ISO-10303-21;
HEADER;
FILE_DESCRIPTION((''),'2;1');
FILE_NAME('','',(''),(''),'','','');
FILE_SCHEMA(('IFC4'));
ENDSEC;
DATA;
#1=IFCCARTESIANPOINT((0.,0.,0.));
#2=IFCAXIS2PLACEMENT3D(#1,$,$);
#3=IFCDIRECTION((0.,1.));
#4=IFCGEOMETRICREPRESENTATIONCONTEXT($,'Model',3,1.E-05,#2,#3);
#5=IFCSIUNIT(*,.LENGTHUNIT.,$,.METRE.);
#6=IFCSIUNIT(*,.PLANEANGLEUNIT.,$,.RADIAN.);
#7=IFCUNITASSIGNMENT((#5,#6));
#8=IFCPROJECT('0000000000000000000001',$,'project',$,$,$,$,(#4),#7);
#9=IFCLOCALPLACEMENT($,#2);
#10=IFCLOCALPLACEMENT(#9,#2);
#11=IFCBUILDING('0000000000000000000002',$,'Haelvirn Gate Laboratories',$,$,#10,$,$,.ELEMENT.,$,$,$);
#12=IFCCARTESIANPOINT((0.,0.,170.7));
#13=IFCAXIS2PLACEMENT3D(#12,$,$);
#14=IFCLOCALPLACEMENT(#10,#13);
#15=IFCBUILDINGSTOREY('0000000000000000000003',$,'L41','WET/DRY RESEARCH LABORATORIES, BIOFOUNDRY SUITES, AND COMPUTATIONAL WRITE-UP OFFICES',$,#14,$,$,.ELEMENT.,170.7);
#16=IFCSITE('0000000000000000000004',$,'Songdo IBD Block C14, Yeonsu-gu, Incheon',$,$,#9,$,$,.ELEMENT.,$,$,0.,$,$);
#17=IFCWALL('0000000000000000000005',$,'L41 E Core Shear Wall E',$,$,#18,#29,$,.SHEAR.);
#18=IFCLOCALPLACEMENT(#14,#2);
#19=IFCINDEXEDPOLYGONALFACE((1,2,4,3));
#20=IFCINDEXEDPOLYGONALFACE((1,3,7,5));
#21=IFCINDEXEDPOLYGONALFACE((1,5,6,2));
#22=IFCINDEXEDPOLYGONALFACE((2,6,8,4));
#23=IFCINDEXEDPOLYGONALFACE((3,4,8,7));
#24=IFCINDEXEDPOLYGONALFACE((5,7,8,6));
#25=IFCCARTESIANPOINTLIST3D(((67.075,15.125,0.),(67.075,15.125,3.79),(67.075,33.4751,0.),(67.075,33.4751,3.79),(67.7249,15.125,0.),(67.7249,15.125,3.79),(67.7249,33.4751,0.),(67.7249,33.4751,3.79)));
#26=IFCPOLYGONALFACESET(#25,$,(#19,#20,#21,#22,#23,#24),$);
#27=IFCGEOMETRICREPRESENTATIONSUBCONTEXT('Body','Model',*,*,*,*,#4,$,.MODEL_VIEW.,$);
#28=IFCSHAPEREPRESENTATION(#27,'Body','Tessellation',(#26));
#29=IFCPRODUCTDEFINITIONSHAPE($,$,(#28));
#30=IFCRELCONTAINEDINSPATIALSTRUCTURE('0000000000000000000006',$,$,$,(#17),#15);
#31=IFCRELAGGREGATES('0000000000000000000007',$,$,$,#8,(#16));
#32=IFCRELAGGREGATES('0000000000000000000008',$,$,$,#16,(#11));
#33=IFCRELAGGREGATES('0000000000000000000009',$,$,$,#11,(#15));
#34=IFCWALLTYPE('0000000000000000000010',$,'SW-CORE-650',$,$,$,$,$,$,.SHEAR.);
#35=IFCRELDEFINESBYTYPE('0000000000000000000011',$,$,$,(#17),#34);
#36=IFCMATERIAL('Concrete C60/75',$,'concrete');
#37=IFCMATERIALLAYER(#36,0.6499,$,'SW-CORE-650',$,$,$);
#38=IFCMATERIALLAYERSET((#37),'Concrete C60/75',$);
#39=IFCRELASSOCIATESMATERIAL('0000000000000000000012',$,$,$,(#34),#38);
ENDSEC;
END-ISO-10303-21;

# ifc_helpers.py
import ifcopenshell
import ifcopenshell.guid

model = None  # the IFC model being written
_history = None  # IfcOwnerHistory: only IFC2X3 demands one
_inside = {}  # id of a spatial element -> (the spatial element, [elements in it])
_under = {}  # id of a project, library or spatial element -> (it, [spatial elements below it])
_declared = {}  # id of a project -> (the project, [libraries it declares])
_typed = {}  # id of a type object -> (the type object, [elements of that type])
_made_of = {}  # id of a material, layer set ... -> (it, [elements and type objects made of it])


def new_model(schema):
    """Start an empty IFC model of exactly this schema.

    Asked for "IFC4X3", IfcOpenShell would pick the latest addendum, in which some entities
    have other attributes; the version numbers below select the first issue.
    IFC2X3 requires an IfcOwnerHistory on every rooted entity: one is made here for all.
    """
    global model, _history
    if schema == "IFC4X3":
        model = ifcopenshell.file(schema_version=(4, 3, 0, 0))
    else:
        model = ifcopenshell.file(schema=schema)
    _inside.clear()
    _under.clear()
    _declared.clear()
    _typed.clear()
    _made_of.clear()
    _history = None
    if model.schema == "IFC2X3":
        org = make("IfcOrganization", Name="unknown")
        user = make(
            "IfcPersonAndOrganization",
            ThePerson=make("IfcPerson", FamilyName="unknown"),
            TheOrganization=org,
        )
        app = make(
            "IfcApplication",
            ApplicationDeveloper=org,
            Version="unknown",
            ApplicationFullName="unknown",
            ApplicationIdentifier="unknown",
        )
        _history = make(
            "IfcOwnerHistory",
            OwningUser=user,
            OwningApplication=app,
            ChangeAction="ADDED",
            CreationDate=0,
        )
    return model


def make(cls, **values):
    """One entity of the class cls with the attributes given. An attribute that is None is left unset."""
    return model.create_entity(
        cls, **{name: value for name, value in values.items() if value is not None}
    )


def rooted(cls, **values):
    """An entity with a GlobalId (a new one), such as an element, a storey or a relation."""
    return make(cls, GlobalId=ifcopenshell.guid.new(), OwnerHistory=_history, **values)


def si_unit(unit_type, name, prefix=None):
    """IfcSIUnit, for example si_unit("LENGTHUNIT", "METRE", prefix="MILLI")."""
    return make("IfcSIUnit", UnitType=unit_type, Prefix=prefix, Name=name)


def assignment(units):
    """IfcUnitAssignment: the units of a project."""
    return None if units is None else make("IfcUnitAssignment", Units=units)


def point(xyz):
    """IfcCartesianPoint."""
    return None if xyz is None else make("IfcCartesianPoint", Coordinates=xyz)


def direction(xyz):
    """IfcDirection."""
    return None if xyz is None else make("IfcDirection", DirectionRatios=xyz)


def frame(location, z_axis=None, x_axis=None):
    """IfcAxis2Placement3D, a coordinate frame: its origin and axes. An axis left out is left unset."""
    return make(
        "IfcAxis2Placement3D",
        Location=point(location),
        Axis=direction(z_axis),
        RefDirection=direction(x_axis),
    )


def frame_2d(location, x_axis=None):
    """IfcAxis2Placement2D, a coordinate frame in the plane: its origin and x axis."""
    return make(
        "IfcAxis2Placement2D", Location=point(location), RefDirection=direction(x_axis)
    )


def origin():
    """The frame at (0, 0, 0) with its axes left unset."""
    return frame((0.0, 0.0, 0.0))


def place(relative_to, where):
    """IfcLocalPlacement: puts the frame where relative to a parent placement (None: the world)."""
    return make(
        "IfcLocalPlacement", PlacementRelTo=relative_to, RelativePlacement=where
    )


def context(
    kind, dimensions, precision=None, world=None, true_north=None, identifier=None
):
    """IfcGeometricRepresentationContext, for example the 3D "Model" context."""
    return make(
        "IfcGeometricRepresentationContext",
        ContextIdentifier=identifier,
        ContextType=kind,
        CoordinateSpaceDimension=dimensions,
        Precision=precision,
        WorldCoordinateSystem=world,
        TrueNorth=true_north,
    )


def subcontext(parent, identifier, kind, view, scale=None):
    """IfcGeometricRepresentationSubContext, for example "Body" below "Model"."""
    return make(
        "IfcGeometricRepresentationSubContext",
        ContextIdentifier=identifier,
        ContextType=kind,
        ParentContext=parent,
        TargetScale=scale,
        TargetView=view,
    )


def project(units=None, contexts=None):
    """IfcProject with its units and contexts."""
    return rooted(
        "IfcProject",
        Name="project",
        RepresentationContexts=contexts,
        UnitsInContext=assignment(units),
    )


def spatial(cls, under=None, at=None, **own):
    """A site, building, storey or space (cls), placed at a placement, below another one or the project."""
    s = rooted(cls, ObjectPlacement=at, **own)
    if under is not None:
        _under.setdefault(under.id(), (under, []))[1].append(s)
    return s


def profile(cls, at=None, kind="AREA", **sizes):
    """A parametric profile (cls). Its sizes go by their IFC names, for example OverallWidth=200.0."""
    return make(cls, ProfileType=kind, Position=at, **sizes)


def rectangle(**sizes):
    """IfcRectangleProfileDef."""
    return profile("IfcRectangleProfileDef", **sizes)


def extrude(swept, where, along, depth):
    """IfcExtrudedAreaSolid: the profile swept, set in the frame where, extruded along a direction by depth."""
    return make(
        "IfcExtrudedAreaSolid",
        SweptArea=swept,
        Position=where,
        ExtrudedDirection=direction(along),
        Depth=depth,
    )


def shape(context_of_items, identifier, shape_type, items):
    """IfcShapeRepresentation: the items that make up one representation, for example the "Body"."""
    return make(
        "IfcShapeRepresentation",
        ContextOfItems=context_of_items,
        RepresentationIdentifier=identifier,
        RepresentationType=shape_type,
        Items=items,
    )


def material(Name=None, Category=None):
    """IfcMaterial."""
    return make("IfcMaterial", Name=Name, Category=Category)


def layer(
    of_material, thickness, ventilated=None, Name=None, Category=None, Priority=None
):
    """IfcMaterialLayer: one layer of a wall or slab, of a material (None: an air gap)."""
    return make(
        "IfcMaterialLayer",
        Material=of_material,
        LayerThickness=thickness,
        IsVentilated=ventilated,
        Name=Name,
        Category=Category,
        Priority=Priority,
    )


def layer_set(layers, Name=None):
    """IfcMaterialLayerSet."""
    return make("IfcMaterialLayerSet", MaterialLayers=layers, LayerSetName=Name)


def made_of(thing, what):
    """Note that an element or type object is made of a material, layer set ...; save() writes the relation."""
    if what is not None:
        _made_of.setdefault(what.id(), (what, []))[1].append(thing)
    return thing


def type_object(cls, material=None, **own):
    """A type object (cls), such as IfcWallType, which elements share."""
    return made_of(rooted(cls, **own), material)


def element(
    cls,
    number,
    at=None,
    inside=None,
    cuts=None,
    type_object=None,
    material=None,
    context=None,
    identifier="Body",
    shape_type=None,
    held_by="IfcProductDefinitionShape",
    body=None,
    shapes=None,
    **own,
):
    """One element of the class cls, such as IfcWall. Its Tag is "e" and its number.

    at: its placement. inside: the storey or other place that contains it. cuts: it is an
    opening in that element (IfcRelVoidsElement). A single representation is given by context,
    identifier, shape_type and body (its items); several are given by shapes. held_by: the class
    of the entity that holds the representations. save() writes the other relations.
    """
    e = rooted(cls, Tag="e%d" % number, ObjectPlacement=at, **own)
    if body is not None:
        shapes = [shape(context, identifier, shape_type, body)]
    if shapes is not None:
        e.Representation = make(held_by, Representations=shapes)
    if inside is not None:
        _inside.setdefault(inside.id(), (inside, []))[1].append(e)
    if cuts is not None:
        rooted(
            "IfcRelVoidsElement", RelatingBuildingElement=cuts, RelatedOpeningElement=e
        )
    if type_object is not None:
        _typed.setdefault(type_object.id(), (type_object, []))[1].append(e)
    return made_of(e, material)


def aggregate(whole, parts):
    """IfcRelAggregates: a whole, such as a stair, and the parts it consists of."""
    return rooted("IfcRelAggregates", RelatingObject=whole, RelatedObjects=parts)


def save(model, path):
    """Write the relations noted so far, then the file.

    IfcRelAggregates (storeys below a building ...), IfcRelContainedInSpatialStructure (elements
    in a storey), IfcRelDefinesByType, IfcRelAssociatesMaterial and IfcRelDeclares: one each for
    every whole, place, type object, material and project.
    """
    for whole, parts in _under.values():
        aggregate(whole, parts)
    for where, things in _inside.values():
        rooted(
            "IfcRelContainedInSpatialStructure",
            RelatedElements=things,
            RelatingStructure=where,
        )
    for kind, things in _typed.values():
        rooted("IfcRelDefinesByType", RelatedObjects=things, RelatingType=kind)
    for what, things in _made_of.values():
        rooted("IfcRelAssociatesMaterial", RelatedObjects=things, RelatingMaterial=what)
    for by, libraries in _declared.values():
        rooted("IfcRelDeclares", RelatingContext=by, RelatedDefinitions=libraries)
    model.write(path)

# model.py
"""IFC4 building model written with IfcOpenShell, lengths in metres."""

from ifc_helpers import new_model, si_unit, direction, frame, frame_2d, origin, place, context, subcontext, project, spatial, rectangle, extrude, material, layer, layer_set, type_object, element, save


model = new_model("IFC4")

# Units and contexts
model_context = context("Model", 3, precision=1e-05, world=origin(), true_north=direction((0.0, 1.0)))
body_context = subcontext(model_context, "Body", "Model", "MODEL_VIEW")
ifc_project = project(units=[si_unit("LENGTHUNIT", "METRE"), si_unit("PLANEANGLEUNIT", "RADIAN")], contexts=[model_context])

# Site, building, storey
site_placement = place(None, origin())
site = spatial("IfcSite", under=ifc_project, at=site_placement, Name="Songdo IBD Block C14, Yeonsu-gu, Incheon", CompositionType="ELEMENT", RefElevation=0.0)
building_placement = place(site_placement, origin())
building = spatial("IfcBuilding", under=site, at=building_placement, Name="Haelvirn Gate Laboratories", CompositionType="ELEMENT")
storey_placement = place(building_placement, frame((0.0, 0.0, 170.7)))
storey = spatial("IfcBuildingStorey", under=building, at=storey_placement, Name="L41", Description="WET/DRY RESEARCH LABORATORIES, BIOFOUNDRY SUITES, AND COMPUTATIONAL WRITE-UP OFFICES", CompositionType="ELEMENT", Elevation=170.7)

# Shared definitions
ifc_material_1 = material(Name="Concrete C60/75", Category="concrete")

# Wall
ifc_layer_1 = layer(ifc_material_1, 0.6499, Name="SW-CORE-650")
ifc_layer_set_1 = layer_set([ifc_layer_1], Name="Concrete C60/75")
wall_type_1 = type_object("IfcWallType", Name="SW-CORE-650", PredefinedType="SHEAR", material=ifc_layer_set_1)
wall_1_placement = place(storey_placement, frame((67.3999, 15.125, 0.0), z_axis=(0.0, 0.0, 1.0), x_axis=(0.0, 1.0, 0.0)))
element("IfcWall", 1, at=wall_1_placement, inside=storey, type_object=wall_type_1, Name="L41 E Core Shear Wall E", PredefinedType="SHEAR", context=body_context, shape_type="SweptSolid", body=[
    extrude(rectangle(XDim=18.3501, YDim=0.6499, at=frame_2d((9.175, 0.0))), origin(), (0.0, 0.0, 1.0), 3.79),
])

save(model, "model.ifc")
